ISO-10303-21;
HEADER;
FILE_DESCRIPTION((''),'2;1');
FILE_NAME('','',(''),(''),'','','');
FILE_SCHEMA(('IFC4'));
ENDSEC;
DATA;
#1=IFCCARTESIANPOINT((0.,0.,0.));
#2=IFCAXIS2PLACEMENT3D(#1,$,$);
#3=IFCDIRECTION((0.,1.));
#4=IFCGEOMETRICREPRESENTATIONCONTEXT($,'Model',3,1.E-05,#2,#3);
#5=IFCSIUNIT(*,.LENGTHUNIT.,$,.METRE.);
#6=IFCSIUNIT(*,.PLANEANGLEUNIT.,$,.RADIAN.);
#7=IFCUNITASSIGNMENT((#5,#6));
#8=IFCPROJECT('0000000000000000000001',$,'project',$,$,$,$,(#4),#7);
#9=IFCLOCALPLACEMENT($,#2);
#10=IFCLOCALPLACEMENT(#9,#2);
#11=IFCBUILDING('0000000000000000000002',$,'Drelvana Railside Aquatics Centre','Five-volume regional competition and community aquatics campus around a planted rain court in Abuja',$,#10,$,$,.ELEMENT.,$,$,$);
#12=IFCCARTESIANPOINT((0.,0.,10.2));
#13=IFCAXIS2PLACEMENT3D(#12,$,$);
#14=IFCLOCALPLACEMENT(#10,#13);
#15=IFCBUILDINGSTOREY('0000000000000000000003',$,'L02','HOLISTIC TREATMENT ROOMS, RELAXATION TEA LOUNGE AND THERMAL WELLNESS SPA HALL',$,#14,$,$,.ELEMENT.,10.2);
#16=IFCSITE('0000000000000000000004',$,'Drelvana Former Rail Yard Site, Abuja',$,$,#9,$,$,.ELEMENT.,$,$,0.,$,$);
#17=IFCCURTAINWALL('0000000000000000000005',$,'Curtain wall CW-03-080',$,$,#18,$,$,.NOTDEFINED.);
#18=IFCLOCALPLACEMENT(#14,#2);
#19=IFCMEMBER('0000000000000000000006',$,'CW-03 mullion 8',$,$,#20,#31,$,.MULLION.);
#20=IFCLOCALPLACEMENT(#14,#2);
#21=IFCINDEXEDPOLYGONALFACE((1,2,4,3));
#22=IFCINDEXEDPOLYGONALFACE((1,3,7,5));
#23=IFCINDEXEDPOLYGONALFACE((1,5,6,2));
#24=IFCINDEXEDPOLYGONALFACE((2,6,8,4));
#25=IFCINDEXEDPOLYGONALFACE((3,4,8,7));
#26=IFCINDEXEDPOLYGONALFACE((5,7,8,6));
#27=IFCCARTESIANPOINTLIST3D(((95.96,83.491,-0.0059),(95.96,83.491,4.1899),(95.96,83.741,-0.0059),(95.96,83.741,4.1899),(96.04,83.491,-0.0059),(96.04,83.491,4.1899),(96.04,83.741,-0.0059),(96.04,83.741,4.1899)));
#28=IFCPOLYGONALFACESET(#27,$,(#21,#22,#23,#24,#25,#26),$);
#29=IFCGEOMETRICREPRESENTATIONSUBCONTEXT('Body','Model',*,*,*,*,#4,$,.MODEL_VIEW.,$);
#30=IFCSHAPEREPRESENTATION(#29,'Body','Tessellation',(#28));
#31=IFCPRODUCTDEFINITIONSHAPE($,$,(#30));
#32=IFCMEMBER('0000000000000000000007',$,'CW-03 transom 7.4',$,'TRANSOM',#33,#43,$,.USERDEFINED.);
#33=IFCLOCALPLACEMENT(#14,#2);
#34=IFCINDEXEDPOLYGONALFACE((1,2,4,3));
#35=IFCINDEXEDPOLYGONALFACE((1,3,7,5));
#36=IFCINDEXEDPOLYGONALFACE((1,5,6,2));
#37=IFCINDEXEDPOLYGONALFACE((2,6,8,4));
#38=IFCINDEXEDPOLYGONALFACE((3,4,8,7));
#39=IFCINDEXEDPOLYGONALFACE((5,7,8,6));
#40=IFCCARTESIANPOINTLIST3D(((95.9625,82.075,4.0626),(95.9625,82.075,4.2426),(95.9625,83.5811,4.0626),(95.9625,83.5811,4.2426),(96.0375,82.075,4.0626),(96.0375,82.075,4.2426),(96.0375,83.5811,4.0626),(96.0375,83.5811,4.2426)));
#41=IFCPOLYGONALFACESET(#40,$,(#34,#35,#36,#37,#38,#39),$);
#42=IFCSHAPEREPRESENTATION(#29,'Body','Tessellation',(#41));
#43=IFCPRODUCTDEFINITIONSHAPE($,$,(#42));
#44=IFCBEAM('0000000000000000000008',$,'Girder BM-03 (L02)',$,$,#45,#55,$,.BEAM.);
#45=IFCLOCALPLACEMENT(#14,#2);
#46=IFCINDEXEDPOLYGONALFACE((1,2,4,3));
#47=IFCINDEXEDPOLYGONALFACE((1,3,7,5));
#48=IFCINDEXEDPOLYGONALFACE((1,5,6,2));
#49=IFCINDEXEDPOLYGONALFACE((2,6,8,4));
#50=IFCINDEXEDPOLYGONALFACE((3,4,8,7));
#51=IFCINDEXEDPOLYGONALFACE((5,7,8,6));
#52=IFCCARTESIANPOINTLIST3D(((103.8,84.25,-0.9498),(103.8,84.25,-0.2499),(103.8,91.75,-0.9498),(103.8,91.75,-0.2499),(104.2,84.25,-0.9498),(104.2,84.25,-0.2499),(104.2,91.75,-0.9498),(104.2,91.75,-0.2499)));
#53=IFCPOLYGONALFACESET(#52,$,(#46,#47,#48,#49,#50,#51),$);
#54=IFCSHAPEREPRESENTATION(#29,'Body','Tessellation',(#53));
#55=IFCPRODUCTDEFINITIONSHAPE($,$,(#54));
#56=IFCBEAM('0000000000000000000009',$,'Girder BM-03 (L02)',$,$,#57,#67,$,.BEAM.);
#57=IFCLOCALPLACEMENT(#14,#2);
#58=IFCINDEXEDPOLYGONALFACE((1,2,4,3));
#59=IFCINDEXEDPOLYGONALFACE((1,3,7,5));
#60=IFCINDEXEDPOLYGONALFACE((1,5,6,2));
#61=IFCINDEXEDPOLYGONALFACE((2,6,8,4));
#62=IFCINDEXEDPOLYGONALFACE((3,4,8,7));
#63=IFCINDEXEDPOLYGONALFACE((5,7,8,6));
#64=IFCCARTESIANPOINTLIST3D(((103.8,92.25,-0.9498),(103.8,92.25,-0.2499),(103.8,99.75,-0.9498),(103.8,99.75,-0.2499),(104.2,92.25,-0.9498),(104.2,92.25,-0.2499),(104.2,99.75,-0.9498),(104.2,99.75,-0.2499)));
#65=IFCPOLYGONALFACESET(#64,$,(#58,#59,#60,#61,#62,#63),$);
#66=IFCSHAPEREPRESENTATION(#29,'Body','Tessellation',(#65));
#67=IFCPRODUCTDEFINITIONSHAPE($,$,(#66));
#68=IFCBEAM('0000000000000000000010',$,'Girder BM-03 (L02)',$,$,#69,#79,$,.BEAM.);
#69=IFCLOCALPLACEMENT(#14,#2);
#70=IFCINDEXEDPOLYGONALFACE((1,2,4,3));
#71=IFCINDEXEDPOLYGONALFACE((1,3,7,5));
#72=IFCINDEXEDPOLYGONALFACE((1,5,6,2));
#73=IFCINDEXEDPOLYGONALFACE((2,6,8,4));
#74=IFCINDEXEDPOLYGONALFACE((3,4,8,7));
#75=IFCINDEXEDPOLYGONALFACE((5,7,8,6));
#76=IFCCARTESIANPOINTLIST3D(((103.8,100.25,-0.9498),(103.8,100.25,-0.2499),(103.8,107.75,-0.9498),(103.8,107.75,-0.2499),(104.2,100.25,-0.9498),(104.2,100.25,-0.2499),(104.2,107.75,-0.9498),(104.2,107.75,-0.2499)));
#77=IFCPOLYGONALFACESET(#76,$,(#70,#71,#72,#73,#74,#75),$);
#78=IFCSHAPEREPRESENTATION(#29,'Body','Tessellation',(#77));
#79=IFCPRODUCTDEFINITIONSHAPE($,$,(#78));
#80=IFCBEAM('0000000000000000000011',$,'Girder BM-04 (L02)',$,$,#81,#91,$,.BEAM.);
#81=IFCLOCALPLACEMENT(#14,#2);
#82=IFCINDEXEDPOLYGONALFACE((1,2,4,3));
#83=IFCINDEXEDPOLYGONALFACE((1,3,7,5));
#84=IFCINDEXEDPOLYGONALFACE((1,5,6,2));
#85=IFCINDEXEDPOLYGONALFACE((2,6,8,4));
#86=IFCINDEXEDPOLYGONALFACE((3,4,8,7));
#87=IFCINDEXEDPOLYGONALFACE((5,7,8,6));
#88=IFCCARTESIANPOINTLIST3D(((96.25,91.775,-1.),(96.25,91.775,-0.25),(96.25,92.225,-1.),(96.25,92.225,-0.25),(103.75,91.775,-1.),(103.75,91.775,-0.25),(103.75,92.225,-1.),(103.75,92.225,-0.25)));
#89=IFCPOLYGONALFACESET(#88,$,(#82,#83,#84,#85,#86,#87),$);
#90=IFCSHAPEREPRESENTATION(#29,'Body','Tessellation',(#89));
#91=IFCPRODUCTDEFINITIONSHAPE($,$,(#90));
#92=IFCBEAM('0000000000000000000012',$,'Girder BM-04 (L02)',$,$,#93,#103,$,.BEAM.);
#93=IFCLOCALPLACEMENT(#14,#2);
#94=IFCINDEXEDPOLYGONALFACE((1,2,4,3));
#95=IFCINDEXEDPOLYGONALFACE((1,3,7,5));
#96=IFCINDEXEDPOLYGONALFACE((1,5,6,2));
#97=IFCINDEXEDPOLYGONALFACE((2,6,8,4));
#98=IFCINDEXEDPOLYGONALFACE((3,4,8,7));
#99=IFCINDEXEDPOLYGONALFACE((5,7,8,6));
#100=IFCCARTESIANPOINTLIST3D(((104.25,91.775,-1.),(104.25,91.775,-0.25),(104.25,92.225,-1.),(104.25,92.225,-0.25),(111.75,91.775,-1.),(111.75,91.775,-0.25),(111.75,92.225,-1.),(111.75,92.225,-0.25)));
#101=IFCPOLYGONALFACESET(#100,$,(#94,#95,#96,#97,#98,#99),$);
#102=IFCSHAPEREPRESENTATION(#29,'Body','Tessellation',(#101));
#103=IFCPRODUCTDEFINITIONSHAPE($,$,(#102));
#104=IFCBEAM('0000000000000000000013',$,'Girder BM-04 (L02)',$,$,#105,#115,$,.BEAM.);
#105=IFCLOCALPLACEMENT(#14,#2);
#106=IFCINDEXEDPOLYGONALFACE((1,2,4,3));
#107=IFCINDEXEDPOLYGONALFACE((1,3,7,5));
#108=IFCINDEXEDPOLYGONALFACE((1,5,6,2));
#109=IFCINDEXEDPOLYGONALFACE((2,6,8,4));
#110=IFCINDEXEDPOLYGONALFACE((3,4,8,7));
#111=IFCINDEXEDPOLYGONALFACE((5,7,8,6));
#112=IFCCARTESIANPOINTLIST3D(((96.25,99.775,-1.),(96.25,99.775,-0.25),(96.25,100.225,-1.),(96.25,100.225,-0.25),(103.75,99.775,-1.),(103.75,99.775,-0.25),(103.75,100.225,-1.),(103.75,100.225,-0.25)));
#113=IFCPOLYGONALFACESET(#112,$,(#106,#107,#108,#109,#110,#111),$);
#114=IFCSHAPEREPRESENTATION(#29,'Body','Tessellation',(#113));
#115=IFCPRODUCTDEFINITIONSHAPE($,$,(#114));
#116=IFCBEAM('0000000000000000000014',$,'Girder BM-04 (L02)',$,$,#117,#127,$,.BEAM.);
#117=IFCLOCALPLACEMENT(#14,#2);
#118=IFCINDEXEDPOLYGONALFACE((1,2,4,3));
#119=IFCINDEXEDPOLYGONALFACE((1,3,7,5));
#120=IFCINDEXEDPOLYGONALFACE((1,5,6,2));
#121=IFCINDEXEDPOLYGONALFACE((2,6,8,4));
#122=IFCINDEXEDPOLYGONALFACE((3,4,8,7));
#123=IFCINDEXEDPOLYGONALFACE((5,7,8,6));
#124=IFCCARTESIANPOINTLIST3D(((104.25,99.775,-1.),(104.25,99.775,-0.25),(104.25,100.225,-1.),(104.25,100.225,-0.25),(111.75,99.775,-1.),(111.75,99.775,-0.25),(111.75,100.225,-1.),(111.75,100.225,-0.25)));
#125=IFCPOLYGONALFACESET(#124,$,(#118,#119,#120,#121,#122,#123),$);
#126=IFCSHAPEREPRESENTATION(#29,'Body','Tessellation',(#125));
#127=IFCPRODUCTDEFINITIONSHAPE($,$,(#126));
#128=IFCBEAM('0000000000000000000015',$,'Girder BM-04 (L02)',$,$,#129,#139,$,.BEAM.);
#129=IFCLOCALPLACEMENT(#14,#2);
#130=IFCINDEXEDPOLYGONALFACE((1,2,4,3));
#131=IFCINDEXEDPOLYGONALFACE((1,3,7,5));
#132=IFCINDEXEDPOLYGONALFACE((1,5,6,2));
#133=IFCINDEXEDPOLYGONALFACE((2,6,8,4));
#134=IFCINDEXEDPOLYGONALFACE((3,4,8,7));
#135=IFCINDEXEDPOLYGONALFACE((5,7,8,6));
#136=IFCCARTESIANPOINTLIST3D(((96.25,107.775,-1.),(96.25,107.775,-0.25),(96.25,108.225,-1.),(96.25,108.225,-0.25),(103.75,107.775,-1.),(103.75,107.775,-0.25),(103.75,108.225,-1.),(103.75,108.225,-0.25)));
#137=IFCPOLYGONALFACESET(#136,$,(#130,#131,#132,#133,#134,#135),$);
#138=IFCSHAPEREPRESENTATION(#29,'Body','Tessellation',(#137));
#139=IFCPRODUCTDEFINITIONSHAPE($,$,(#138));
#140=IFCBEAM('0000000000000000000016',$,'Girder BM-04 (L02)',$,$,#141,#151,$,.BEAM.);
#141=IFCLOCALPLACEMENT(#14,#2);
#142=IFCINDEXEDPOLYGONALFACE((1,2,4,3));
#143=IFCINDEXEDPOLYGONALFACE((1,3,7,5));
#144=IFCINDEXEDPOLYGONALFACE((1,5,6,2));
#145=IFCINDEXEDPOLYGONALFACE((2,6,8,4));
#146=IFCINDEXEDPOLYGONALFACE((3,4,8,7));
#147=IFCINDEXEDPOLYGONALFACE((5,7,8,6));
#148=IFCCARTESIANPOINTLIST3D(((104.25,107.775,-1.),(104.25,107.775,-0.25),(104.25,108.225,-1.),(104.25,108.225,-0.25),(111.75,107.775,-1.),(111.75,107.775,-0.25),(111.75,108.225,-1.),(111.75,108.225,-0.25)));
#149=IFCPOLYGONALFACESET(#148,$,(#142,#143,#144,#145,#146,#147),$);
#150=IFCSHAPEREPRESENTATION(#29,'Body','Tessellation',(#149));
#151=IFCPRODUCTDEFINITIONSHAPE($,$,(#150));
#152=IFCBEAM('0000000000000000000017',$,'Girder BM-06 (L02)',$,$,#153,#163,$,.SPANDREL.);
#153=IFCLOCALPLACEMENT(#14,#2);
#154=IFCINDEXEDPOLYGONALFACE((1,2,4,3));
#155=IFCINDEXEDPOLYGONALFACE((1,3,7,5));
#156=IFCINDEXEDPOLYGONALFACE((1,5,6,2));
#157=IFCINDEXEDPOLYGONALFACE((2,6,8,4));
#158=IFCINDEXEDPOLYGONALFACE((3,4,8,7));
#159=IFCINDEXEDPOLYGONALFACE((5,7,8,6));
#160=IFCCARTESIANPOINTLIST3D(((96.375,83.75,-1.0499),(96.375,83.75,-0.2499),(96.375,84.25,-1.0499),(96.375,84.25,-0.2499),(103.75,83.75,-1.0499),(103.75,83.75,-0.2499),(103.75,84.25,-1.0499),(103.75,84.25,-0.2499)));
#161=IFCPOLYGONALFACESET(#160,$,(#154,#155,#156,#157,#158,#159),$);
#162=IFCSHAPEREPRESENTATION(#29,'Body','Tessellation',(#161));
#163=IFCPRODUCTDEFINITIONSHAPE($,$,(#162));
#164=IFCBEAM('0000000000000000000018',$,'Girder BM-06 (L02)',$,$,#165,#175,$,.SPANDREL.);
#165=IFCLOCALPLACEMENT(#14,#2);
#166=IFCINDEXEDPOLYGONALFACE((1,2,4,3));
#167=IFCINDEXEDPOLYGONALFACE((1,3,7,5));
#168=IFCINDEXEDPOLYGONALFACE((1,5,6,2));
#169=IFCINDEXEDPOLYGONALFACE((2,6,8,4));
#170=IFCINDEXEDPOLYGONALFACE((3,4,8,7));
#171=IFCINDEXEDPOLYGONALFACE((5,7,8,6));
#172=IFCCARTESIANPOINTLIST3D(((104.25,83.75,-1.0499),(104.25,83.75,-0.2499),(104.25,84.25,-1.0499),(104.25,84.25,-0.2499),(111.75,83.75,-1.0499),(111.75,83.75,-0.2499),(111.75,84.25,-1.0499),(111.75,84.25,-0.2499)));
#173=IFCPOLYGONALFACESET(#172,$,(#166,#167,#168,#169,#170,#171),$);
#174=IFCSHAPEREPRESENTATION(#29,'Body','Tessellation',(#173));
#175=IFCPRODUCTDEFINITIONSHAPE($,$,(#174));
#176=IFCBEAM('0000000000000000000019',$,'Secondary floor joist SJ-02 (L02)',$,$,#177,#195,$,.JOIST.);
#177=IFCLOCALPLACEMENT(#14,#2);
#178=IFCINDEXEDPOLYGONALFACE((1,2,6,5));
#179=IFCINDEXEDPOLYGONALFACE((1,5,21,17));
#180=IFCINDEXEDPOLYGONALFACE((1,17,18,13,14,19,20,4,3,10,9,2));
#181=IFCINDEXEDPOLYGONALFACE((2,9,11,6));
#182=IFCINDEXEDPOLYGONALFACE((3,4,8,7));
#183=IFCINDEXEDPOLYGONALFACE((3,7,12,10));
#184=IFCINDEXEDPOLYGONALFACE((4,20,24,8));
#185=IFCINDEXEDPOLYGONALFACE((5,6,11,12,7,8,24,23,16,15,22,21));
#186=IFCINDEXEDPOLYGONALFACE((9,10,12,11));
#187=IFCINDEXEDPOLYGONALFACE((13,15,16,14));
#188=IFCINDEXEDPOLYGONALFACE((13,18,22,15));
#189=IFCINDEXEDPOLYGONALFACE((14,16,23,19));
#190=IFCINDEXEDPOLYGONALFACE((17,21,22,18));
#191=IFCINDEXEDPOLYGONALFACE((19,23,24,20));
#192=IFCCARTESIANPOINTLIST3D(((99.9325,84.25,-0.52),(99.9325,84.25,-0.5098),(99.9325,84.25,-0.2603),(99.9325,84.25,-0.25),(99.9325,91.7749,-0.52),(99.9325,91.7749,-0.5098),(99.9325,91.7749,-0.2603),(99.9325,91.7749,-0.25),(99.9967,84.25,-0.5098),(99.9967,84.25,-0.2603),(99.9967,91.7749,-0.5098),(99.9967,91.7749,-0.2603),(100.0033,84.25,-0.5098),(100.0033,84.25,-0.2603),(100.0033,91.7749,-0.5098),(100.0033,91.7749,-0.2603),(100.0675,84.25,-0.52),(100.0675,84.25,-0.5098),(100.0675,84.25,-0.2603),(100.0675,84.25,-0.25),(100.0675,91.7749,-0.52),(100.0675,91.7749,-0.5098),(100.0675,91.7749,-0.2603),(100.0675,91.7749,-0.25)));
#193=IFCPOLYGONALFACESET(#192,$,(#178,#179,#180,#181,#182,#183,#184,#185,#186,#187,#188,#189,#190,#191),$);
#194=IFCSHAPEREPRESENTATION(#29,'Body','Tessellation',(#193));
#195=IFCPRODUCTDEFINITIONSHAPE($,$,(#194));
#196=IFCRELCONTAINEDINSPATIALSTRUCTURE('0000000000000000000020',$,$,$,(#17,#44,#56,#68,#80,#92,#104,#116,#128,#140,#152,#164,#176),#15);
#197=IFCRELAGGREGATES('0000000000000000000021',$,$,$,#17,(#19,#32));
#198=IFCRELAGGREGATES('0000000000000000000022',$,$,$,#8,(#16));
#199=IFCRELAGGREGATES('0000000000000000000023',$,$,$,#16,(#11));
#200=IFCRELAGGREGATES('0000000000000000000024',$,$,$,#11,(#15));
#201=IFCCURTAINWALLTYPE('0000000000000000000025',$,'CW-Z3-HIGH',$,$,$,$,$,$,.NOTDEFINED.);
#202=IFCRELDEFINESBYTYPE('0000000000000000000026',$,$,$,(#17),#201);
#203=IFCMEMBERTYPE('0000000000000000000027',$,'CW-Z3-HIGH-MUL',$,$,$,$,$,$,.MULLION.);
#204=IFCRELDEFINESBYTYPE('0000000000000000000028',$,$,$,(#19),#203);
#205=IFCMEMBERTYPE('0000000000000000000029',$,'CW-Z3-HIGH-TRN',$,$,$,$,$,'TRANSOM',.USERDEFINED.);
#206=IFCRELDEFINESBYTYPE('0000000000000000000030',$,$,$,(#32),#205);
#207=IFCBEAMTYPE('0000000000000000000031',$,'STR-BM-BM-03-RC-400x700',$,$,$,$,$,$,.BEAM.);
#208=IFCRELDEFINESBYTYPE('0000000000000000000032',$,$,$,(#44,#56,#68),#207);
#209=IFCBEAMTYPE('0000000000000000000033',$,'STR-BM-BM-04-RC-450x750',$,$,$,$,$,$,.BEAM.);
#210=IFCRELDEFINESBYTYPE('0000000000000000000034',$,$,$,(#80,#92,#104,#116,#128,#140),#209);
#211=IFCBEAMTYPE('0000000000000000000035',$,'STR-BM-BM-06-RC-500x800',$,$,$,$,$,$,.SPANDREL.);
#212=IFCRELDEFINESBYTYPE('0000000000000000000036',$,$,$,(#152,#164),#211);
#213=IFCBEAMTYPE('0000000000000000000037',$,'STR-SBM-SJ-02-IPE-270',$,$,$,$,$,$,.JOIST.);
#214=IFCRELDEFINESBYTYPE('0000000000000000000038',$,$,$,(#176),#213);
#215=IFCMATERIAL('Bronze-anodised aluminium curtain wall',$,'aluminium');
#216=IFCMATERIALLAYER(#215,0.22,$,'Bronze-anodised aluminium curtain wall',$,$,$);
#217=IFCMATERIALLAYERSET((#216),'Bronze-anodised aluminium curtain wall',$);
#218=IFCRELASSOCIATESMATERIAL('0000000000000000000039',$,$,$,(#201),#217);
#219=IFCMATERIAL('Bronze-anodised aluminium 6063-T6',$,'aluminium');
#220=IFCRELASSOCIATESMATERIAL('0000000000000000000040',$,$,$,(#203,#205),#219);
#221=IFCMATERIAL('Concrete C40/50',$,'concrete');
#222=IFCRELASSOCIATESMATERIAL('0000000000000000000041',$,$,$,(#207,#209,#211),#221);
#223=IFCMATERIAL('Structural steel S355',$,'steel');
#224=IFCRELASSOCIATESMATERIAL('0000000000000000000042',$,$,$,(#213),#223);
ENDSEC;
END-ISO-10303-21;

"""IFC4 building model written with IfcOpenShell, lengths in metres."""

from ifc_helpers import new_model, si_unit, direction, frame, origin, origin_2d, place, context, subcontext, project, spatial, rectangle, i_section, extrude, material, layer, layer_set, material_profile, profile_set, type_object, element, aggregate, save


model = new_model("IFC4")

# Units and contexts
model_context = context("Model", 3, precision=1e-05, world=origin(), true_north=direction((0.0, 1.0)))
body_context = subcontext(model_context, "Body", "Model", "MODEL_VIEW")
ifc_project = project(units=[si_unit("LENGTHUNIT", "METRE"), si_unit("PLANEANGLEUNIT", "RADIAN")], contexts=[model_context])

# Site, building, storey
site_placement = place(None, origin())
site = spatial("IfcSite", under=ifc_project, at=site_placement, Name="Drelvana Former Rail Yard Site, Abuja", CompositionType="ELEMENT", RefElevation=0.0)
building_placement = place(site_placement, origin())
building = spatial("IfcBuilding", under=site, at=building_placement, Name="Drelvana Railside Aquatics Centre", Description="Five-volume regional competition and community aquatics campus around a planted rain court in Abuja", CompositionType="ELEMENT")
storey_placement = place(building_placement, frame((0.0, 0.0, 10.2)))
storey = spatial("IfcBuildingStorey", under=building, at=storey_placement, Name="L02", Description="HOLISTIC TREATMENT ROOMS, RELAXATION TEA LOUNGE AND THERMAL WELLNESS SPA HALL", CompositionType="ELEMENT", Elevation=10.2)

# Curtain wall, members
ifc_material_1 = material(Name="Bronze-anodised aluminium curtain wall", Category="aluminium")
ifc_layer_1 = layer(ifc_material_1, 0.22, Name="Bronze-anodised aluminium curtain wall")
ifc_layer_set_1 = layer_set([ifc_layer_1], Name="Bronze-anodised aluminium curtain wall")
curtain_wall_type = type_object("IfcCurtainWallType", Name="CW-Z3-HIGH", PredefinedType="NOTDEFINED", material=ifc_layer_set_1)
curtain_wall_placement = place(storey_placement, origin())
curtain_wall = element("IfcCurtainWall", 1, at=curtain_wall_placement, inside=storey, type_object=curtain_wall_type, Name="Curtain wall CW-03-080", PredefinedType="NOTDEFINED")
ifc_material_2 = material(Name="Bronze-anodised aluminium 6063-T6", Category="aluminium")
ifc_material_profile_1 = material_profile(ifc_material_2, rectangle(XDim=0.0801, YDim=0.25, at=origin_2d()), Name="ALU-M 80x250")
ifc_profile_set_1 = profile_set([ifc_material_profile_1], Name="Bronze-anodised aluminium 6063-T6")
member_type_1 = type_object("IfcMemberType", Name="CW-Z3-HIGH-MUL", PredefinedType="MULLION", material=ifc_profile_set_1)
member_1_placement = place(storey_placement, frame((96.0, 83.616, -0.0059), z_axis=(0.0, 0.0, 1.0), x_axis=(-1.0, 0.0, 0.0)))
member_1 = element("IfcMember", 2, at=member_1_placement, type_object=member_type_1, Name="CW-03 mullion 8", PredefinedType="MULLION", context=body_context, shape_type="SweptSolid", body=[
    extrude(rectangle(XDim=0.0801, YDim=0.25, at=origin_2d()), origin(), (0.0, 0.0, 1.0), 4.1958),
])
ifc_material_profile_2 = material_profile(ifc_material_2, rectangle(XDim=0.1799, YDim=0.075, at=origin_2d()), Name="ALU-T 75x180")
ifc_profile_set_2 = profile_set([ifc_material_profile_2], Name="Bronze-anodised aluminium 6063-T6")
member_type_2 = type_object("IfcMemberType", Name="CW-Z3-HIGH-TRN", ElementType="TRANSOM", PredefinedType="USERDEFINED", material=ifc_profile_set_2)
member_2_placement = place(storey_placement, frame((96.0, 82.075, 4.1526), z_axis=(0.0, 1.0, 0.0), x_axis=(0.0, 0.0, 1.0)))
member_2 = element("IfcMember", 3, at=member_2_placement, type_object=member_type_2, Name="CW-03 transom 7.4", ObjectType="TRANSOM", PredefinedType="USERDEFINED", context=body_context, shape_type="SweptSolid", body=[
    extrude(rectangle(XDim=0.1799, YDim=0.075, at=origin_2d()), origin(), (0.0, 0.0, 1.0), 1.5061),
])

# Beams
ifc_material_3 = material(Name="Concrete C40/50", Category="concrete")
ifc_material_profile_3 = material_profile(ifc_material_3, rectangle(XDim=0.3999, YDim=0.7, at=origin_2d()), Name="RC 400x700")
ifc_profile_set_3 = profile_set([ifc_material_profile_3], Name="Concrete C40/50")
beam_type_1 = type_object("IfcBeamType", Name="STR-BM-BM-03-RC-400x700", PredefinedType="BEAM", material=ifc_profile_set_3)
for number, where, z_axis, x_axis, name in (
    (4, (104.0, 84.25, -0.5999), (0.0, 1.0, 0.0), (-1.0, 0.0, 0.0), "Girder BM-03 (L02)"),
    (5, (104.0, 92.25, -0.5999), (0.0, 1.0, 0.0), (-1.0, 0.0, 0.0), "Girder BM-03 (L02)"),
    (6, (104.0, 100.25, -0.5999), (0.0, 1.0, 0.0), (-1.0, 0.0, 0.0), "Girder BM-03 (L02)"),
):
    element("IfcBeam", number, at=place(storey_placement, frame(where, z_axis=z_axis, x_axis=x_axis)), inside=storey, type_object=beam_type_1, Name=name, PredefinedType="BEAM", context=body_context, shape_type="SweptSolid", body=[
        extrude(rectangle(XDim=0.3999, YDim=0.7, at=origin_2d()), origin(), (0.0, 0.0, 1.0), 7.5),
    ])
ifc_material_profile_4 = material_profile(ifc_material_3, rectangle(XDim=0.45, YDim=0.75, at=origin_2d()), Name="RC 450x750")
ifc_profile_set_4 = profile_set([ifc_material_profile_4], Name="Concrete C40/50")
beam_type_2 = type_object("IfcBeamType", Name="STR-BM-BM-04-RC-450x750", PredefinedType="BEAM", material=ifc_profile_set_4)
for number, where, z_axis, x_axis, name in (
    (7, (96.25, 92.0, -0.625), (1.0, 0.0, 0.0), (0.0, 1.0, 0.0), "Girder BM-04 (L02)"),
    (8, (104.25, 92.0, -0.625), (1.0, 0.0, 0.0), (0.0, 1.0, 0.0), "Girder BM-04 (L02)"),
    (9, (96.25, 100.0, -0.625), (1.0, 0.0, 0.0), (0.0, 1.0, 0.0), "Girder BM-04 (L02)"),
    (10, (104.25, 100.0, -0.625), (1.0, 0.0, 0.0), (0.0, 1.0, 0.0), "Girder BM-04 (L02)"),
    (11, (96.25, 108.0, -0.625), (1.0, 0.0, 0.0), (0.0, 1.0, 0.0), "Girder BM-04 (L02)"),
    (12, (104.25, 108.0, -0.625), (1.0, 0.0, 0.0), (0.0, 1.0, 0.0), "Girder BM-04 (L02)"),
):
    element("IfcBeam", number, at=place(storey_placement, frame(where, z_axis=z_axis, x_axis=x_axis)), inside=storey, type_object=beam_type_2, Name=name, PredefinedType="BEAM", context=body_context, shape_type="SweptSolid", body=[
        extrude(rectangle(XDim=0.45, YDim=0.75, at=origin_2d()), origin(), (0.0, 0.0, 1.0), 7.5),
    ])
ifc_material_profile_5 = material_profile(ifc_material_3, rectangle(XDim=0.5, YDim=0.8, at=origin_2d()), Name="RC 500x800")
ifc_profile_set_5 = profile_set([ifc_material_profile_5], Name="Concrete C40/50")
beam_type_3 = type_object("IfcBeamType", Name="STR-BM-BM-06-RC-500x800", PredefinedType="SPANDREL", material=ifc_profile_set_5)
beam_1_placement = place(storey_placement, frame((96.375, 84.0, -0.6499), z_axis=(1.0, 0.0, 0.0), x_axis=(0.0, 1.0, 0.0)))
element("IfcBeam", 13, at=beam_1_placement, inside=storey, type_object=beam_type_3, Name="Girder BM-06 (L02)", PredefinedType="SPANDREL", context=body_context, shape_type="SweptSolid", body=[
    extrude(rectangle(XDim=0.5, YDim=0.8, at=origin_2d()), origin(), (0.0, 0.0, 1.0), 7.375),
])
beam_2_placement = place(storey_placement, frame((104.25, 84.0, -0.6499), z_axis=(1.0, 0.0, 0.0), x_axis=(0.0, 1.0, 0.0)))
element("IfcBeam", 14, at=beam_2_placement, inside=storey, type_object=beam_type_3, Name="Girder BM-06 (L02)", PredefinedType="SPANDREL", context=body_context, shape_type="SweptSolid", body=[
    extrude(rectangle(XDim=0.5, YDim=0.8, at=origin_2d()), origin(), (0.0, 0.0, 1.0), 7.5),
])
ifc_material_4 = material(Name="Structural steel S355", Category="steel")
ifc_material_profile_6 = material_profile(ifc_material_4, i_section(OverallWidth=0.135, OverallDepth=0.27, WebThickness=0.0066, FlangeThickness=0.0103, at=origin_2d()), Name="IPE 270")
ifc_profile_set_6 = profile_set([ifc_material_profile_6], Name="Structural steel S355")
beam_type_4 = type_object("IfcBeamType", Name="STR-SBM-SJ-02-IPE-270", PredefinedType="JOIST", material=ifc_profile_set_6)
beam_3_placement = place(storey_placement, frame((100.0, 84.25, -0.385), z_axis=(0.0, 1.0, 0.0), x_axis=(-1.0, 0.0, 0.0)))
element("IfcBeam", 15, at=beam_3_placement, inside=storey, type_object=beam_type_4, Name="Secondary floor joist SJ-02 (L02)", PredefinedType="JOIST", context=body_context, shape_type="SweptSolid", body=[
    extrude(i_section(OverallWidth=0.135, OverallDepth=0.27, WebThickness=0.0066, FlangeThickness=0.0103, at=origin_2d()), origin(), (0.0, 0.0, 1.0), 7.5249),
])

aggregate(curtain_wall, [member_1, member_2])

save(model, "model.ifc")
